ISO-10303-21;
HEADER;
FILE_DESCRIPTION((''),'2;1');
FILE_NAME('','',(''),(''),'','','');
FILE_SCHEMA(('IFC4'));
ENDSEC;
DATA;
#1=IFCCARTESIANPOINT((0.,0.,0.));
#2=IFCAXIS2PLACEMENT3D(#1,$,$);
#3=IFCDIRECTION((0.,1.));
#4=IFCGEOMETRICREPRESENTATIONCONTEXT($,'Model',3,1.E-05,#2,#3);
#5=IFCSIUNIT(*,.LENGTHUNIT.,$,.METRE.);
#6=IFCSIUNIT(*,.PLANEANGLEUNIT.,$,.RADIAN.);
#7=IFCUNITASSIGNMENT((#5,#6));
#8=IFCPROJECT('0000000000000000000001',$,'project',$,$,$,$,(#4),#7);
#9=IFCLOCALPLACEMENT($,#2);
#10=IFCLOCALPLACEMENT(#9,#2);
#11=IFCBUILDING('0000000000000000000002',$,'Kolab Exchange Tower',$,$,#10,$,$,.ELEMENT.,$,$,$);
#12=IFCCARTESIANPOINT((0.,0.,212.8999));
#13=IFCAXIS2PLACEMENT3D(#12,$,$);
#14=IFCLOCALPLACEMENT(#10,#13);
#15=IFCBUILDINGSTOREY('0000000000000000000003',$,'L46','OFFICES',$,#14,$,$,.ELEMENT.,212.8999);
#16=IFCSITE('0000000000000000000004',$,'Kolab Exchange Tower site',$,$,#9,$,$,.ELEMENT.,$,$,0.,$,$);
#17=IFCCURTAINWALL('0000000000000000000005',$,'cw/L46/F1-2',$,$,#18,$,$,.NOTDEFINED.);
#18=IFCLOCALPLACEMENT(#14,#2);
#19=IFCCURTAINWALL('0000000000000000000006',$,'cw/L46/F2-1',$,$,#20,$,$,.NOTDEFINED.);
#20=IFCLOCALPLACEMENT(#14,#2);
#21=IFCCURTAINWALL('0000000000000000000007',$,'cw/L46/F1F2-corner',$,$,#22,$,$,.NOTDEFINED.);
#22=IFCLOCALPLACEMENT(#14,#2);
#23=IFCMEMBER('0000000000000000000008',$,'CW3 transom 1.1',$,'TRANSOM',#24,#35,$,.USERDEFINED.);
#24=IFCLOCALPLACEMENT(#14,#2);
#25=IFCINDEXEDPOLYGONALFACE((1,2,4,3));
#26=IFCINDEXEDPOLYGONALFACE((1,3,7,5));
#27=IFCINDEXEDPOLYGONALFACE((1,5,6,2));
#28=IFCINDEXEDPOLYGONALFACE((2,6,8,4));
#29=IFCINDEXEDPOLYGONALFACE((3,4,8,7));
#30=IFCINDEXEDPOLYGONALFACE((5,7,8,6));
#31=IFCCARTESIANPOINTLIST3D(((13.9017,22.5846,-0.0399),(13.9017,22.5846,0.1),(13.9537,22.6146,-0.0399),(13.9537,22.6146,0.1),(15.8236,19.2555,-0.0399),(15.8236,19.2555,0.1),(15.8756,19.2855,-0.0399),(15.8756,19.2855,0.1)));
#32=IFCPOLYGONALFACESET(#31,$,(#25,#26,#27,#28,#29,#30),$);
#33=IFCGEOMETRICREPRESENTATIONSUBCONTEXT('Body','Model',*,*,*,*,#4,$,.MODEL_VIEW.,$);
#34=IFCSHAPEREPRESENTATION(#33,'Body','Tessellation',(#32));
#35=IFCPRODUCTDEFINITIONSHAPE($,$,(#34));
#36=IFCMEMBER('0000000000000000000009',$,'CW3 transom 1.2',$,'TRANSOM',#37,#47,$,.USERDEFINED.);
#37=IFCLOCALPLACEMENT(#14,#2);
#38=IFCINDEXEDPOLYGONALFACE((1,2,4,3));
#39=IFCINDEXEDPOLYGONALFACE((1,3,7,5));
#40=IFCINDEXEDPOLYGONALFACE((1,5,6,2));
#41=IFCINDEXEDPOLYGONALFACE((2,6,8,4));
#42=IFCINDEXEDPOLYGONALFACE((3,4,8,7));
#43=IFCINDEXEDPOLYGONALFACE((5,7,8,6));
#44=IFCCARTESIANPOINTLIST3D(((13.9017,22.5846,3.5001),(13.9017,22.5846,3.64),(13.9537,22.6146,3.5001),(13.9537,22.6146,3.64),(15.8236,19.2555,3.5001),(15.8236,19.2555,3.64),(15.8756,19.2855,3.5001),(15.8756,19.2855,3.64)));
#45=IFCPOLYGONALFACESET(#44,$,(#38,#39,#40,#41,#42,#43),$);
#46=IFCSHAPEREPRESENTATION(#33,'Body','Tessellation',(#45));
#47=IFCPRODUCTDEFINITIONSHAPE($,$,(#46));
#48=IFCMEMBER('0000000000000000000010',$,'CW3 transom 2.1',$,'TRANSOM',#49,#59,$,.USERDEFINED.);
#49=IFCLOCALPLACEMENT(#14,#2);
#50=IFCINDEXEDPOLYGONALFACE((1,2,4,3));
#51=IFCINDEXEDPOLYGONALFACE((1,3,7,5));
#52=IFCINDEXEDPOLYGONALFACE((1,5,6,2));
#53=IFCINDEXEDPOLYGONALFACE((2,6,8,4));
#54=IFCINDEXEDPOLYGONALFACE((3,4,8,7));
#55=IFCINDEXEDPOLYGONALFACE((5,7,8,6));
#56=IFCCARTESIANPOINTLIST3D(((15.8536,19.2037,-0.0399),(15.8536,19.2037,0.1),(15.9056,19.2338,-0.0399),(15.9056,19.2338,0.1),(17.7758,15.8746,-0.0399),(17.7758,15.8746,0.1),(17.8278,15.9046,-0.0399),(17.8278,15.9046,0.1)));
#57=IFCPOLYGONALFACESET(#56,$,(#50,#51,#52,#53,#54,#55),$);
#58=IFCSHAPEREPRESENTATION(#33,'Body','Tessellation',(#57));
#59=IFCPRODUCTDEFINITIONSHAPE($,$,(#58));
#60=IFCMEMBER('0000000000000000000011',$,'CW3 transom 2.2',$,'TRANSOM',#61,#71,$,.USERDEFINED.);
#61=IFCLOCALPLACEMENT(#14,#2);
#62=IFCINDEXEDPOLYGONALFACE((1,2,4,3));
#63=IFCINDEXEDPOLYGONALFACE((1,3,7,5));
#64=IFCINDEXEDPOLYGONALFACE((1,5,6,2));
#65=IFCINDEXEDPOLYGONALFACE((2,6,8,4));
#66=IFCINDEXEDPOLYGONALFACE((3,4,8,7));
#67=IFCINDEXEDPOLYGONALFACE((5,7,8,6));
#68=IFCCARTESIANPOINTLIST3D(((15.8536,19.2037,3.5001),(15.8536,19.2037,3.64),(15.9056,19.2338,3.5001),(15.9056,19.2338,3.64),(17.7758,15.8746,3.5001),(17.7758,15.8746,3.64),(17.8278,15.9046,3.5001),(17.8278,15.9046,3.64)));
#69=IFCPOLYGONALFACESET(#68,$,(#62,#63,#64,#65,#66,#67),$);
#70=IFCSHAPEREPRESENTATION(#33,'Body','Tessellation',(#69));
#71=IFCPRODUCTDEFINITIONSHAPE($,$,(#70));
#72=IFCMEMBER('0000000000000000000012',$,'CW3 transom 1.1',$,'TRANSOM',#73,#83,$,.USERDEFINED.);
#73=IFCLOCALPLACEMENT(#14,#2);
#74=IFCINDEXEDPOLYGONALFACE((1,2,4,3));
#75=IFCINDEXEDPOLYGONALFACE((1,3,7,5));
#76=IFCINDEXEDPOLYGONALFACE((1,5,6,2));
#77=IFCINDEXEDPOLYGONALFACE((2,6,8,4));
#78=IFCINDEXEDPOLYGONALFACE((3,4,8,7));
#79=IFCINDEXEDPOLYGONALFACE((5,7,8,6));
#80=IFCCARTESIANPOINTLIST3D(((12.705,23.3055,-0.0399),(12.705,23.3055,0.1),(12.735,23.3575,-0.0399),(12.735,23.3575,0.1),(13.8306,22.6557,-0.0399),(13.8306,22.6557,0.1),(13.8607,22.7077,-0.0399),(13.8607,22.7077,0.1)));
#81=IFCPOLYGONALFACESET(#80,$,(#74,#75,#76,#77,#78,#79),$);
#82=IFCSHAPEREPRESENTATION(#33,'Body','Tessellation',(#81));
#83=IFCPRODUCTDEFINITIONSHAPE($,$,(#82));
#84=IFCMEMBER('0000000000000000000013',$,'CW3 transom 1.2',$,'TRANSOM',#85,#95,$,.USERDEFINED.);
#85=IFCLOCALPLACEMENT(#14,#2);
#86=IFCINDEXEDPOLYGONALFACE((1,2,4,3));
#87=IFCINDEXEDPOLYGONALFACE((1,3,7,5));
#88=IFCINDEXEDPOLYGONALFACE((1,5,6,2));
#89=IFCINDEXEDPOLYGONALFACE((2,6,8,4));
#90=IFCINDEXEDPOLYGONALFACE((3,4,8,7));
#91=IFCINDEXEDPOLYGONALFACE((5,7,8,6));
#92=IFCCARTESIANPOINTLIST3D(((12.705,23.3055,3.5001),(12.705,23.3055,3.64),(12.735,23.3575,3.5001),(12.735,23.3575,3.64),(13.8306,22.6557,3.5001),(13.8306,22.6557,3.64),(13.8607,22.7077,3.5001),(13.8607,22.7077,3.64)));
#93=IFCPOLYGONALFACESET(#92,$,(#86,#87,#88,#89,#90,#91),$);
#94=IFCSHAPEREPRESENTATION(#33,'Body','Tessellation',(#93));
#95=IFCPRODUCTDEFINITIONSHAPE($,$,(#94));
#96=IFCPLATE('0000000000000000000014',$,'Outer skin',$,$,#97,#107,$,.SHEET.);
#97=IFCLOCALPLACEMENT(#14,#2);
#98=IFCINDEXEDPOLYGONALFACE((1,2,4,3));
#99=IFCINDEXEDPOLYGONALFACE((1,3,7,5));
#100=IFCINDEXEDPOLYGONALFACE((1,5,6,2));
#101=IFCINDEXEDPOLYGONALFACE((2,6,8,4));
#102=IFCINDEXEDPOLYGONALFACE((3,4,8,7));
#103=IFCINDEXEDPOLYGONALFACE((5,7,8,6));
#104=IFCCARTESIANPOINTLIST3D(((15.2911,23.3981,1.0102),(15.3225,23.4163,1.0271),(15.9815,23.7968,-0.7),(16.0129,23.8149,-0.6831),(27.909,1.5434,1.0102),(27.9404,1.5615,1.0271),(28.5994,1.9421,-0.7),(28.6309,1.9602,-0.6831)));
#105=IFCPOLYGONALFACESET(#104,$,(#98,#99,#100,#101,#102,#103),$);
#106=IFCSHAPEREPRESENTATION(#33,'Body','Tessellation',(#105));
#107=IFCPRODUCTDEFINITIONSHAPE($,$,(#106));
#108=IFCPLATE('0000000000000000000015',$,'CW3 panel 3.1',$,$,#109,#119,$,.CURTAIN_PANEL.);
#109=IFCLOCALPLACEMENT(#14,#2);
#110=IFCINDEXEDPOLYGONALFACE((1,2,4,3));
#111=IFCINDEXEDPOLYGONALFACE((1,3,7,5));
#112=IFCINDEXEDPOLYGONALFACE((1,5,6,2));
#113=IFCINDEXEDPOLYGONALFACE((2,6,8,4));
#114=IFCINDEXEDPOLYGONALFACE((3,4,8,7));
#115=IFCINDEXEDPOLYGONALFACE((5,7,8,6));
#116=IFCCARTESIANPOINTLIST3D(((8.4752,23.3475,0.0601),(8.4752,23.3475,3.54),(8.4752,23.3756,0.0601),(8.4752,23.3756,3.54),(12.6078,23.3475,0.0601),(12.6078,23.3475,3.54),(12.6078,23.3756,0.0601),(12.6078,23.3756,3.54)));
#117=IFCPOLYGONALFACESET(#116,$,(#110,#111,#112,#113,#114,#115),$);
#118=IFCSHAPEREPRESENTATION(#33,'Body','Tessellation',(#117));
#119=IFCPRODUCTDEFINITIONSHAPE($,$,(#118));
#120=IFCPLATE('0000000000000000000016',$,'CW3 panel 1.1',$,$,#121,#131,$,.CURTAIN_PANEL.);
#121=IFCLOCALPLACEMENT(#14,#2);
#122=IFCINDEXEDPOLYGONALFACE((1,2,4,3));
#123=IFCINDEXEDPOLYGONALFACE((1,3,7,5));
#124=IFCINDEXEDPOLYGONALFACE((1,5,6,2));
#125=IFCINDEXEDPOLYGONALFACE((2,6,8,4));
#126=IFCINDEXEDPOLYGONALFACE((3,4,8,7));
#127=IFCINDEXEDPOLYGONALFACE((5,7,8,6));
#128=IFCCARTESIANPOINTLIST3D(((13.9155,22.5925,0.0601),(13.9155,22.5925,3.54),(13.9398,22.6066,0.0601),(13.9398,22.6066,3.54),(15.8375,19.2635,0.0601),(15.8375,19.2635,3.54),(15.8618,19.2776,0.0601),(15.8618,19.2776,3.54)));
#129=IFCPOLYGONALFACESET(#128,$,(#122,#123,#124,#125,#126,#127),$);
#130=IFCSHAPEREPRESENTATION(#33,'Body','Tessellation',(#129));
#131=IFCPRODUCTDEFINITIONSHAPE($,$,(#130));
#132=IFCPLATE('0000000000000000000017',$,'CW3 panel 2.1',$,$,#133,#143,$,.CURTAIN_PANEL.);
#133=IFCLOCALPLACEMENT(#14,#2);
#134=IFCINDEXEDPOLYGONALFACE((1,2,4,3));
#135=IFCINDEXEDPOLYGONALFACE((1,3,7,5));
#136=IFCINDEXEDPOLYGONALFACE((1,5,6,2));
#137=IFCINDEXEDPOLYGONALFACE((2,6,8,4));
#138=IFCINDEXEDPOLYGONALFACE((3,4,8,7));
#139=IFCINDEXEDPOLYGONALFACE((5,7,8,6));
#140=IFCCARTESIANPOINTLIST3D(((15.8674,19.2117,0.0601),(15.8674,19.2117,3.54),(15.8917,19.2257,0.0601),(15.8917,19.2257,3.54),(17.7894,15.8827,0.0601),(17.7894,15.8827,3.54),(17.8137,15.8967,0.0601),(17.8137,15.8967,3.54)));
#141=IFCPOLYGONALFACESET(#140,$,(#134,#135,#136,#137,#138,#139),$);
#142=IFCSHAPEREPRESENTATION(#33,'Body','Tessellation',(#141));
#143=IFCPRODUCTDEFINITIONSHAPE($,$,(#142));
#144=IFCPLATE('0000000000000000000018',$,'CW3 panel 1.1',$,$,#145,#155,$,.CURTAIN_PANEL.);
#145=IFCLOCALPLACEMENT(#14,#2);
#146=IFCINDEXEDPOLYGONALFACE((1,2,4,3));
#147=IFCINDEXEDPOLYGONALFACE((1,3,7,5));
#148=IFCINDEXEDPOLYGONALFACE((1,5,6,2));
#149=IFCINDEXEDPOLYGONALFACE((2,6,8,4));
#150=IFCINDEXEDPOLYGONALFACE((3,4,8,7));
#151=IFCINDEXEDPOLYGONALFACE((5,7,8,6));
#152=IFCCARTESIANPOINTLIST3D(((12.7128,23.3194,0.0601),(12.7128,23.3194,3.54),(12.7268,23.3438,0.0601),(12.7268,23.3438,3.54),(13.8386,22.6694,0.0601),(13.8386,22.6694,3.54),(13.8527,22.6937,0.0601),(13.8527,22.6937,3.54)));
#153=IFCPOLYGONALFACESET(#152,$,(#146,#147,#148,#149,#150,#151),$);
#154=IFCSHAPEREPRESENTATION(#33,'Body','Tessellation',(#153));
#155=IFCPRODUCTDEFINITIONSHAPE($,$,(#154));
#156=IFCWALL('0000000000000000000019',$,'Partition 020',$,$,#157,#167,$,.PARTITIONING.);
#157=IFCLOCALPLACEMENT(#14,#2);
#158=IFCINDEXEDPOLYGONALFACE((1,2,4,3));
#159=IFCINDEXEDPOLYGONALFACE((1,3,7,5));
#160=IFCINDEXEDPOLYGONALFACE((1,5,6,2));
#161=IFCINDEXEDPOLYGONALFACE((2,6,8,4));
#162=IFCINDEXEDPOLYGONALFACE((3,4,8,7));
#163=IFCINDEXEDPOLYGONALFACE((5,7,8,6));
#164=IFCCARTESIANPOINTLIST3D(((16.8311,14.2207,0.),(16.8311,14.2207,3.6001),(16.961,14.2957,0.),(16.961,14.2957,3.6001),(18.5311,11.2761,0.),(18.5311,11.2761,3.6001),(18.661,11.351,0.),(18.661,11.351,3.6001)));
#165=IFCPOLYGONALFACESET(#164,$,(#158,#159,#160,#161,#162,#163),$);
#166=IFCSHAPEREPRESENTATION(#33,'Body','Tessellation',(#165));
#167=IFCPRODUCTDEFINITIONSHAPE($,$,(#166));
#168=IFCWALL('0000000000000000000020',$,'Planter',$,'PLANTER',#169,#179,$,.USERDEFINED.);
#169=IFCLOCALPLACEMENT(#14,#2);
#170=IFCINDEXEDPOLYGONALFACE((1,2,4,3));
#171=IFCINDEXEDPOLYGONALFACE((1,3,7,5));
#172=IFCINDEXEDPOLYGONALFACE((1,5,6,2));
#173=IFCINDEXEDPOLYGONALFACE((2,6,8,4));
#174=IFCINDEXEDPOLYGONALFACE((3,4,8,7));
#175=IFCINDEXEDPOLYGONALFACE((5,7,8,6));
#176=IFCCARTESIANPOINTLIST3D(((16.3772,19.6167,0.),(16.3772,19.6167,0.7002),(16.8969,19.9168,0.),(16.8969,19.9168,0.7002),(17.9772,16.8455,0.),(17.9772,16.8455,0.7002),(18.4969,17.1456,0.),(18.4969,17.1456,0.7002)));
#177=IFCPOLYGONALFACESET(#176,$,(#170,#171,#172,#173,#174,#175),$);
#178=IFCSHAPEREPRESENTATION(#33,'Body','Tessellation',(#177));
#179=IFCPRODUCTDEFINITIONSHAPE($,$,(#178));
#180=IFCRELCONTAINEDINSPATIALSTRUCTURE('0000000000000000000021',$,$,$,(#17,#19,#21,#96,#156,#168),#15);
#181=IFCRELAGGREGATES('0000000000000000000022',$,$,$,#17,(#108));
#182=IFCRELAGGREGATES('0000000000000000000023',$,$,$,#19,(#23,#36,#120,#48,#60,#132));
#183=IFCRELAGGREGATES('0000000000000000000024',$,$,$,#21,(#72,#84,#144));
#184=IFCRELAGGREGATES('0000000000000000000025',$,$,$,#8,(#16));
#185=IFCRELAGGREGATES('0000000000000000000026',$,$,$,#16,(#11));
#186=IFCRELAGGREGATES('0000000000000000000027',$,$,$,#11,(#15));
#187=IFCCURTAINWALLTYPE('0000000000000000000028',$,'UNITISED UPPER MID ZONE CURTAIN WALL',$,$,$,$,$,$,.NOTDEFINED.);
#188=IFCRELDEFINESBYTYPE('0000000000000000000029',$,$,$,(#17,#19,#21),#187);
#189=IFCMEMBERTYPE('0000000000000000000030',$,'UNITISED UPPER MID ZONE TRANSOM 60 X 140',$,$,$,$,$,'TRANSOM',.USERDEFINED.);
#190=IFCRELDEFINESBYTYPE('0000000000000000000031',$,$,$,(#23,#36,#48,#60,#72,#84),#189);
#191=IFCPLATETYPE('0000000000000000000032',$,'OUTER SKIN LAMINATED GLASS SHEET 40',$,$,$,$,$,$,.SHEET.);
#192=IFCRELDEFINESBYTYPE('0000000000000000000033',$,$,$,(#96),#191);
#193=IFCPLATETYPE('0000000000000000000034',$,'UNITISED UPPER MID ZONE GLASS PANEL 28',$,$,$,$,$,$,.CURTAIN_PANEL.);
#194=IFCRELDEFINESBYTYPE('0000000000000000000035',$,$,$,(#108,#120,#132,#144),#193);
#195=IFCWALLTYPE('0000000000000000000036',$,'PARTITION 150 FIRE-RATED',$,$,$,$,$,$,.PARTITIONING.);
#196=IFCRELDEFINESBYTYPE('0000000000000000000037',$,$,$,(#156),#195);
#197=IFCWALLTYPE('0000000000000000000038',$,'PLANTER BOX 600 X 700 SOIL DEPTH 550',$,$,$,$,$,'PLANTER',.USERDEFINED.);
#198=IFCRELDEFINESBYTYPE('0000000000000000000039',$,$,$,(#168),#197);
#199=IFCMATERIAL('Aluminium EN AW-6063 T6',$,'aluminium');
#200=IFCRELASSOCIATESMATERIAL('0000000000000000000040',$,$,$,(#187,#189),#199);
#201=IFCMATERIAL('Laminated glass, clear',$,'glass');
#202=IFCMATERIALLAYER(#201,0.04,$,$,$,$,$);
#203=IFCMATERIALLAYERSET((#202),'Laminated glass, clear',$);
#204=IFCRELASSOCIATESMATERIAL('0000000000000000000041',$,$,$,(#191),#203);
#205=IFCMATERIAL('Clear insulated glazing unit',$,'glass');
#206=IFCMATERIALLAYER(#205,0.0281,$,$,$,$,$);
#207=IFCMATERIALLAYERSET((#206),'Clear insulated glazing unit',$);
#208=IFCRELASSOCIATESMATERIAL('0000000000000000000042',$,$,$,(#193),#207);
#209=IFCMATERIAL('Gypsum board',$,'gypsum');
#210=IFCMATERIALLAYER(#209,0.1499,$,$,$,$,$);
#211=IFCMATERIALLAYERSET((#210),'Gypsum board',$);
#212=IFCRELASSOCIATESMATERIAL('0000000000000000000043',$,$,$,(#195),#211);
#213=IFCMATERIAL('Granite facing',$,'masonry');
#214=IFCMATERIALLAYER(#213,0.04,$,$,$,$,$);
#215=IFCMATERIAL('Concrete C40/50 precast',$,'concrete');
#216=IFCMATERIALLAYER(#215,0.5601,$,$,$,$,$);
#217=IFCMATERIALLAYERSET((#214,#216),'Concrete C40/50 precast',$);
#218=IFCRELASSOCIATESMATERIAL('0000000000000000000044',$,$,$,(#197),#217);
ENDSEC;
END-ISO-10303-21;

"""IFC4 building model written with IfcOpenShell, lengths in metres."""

from ifc_helpers import new_model, si_unit, direction, frame, frame_2d, origin, origin_2d, place, context, subcontext, project, spatial, polyline, rectangle, outline, extrude, material, layer, layer_set, material_profile, profile_set, type_object, element, aggregate, save


model = new_model("IFC4")

# Units and contexts
model_context = context("Model", 3, precision=1e-05, world=origin(), true_north=direction((0.0, 1.0)))
body_context = subcontext(model_context, "Body", "Model", "MODEL_VIEW")
ifc_project = project(units=[si_unit("LENGTHUNIT", "METRE"), si_unit("PLANEANGLEUNIT", "RADIAN")], contexts=[model_context])

# Site, building, storey
site_placement = place(None, origin())
site = spatial("IfcSite", under=ifc_project, at=site_placement, Name="Kolab Exchange Tower site", CompositionType="ELEMENT", RefElevation=0.0)
building_placement = place(site_placement, origin())
building = spatial("IfcBuilding", under=site, at=building_placement, Name="Kolab Exchange Tower", CompositionType="ELEMENT")
storey_placement = place(building_placement, frame((0.0, 0.0, 212.8999)))
storey = spatial("IfcBuildingStorey", under=building, at=storey_placement, Name="L46", Description="OFFICES", CompositionType="ELEMENT", Elevation=212.8999)

# Curtain wall
ifc_material_1 = material(Name="Aluminium EN AW-6063 T6", Category="aluminium")
curtain_wall_type = type_object("IfcCurtainWallType", Name="UNITISED UPPER MID ZONE CURTAIN WALL", PredefinedType="NOTDEFINED", material=ifc_material_1)
curtain_wall_1_placement = place(storey_placement, origin())
curtain_wall_1 = element("IfcCurtainWall", 1, at=curtain_wall_1_placement, inside=storey, type_object=curtain_wall_type, Name="cw/L46/F1-2", PredefinedType="NOTDEFINED")

# Curtain walls
curtain_wall_2_placement = place(storey_placement, origin())
curtain_wall_2 = element("IfcCurtainWall", 2, at=curtain_wall_2_placement, inside=storey, type_object=curtain_wall_type, Name="cw/L46/F2-1", PredefinedType="NOTDEFINED")
curtain_wall_3_placement = place(storey_placement, origin())
curtain_wall_3 = element("IfcCurtainWall", 3, at=curtain_wall_3_placement, inside=storey, type_object=curtain_wall_type, Name="cw/L46/F1F2-corner", PredefinedType="NOTDEFINED")

# Members
ifc_material_profile_1 = material_profile(ifc_material_1, rectangle(XDim=0.0601, YDim=0.1399, at=origin_2d()), Name="RECT 60X140")
ifc_profile_set_1 = profile_set([ifc_material_profile_1], Name="Aluminium EN AW-6063 T6")
member_type_1 = type_object("IfcMemberType", Name="UNITISED UPPER MID ZONE TRANSOM 60 X 140", ElementType="TRANSOM", PredefinedType="USERDEFINED", material=ifc_profile_set_1)
member_1_placement = place(storey_placement, frame((13.9277, 22.5996, 0.03), z_axis=(0.499964, -0.866046, 0.0), x_axis=(0.866046, 0.499964, 0.0)))
member_1 = element("IfcMember", 4, at=member_1_placement, type_object=member_type_1, Name="CW3 transom 1.1", ObjectType="TRANSOM", PredefinedType="USERDEFINED", context=body_context, shape_type="SweptSolid", body=[
    extrude(rectangle(XDim=0.0601, YDim=0.1399, at=origin_2d()), origin(), (0.0, 0.0, 1.0), 3.844),
])
member_2_placement = place(storey_placement, frame((13.9277, 22.5996, 3.5701), z_axis=(0.499964, -0.866046, 0.0), x_axis=(0.866046, 0.499964, 0.0)))
member_2 = element("IfcMember", 5, at=member_2_placement, type_object=member_type_1, Name="CW3 transom 1.2", ObjectType="TRANSOM", PredefinedType="USERDEFINED", context=body_context, shape_type="SweptSolid", body=[
    extrude(rectangle(XDim=0.0601, YDim=0.1399, at=origin_2d()), origin(), (0.0, 0.0, 1.0), 3.844),
])
member_3_placement = place(storey_placement, frame((15.8796, 19.2188, 0.03), z_axis=(0.500012, -0.866018, 0.0), x_axis=(0.866018, 0.500012, 0.0)))
member_3 = element("IfcMember", 6, at=member_3_placement, type_object=member_type_1, Name="CW3 transom 2.1", ObjectType="TRANSOM", PredefinedType="USERDEFINED", context=body_context, shape_type="SweptSolid", body=[
    extrude(rectangle(XDim=0.0601, YDim=0.1399, at=origin_2d()), origin(), (0.0, 0.0, 1.0), 3.8442),
])
member_4_placement = place(storey_placement, frame((15.8796, 19.2188, 3.5701), z_axis=(0.500012, -0.866018, 0.0), x_axis=(0.866018, 0.500012, 0.0)))
member_4 = element("IfcMember", 7, at=member_4_placement, type_object=member_type_1, Name="CW3 transom 2.2", ObjectType="TRANSOM", PredefinedType="USERDEFINED", context=body_context, shape_type="SweptSolid", body=[
    extrude(rectangle(XDim=0.0601, YDim=0.1399, at=origin_2d()), origin(), (0.0, 0.0, 1.0), 3.8442),
])
member_5_placement = place(storey_placement, frame((12.72, 23.3315, 0.03), z_axis=(0.866039, -0.499977, 0.0), x_axis=(0.499977, 0.866039, 0.0)))
member_5 = element("IfcMember", 8, at=member_5_placement, type_object=member_type_1, Name="CW3 transom 1.1", ObjectType="TRANSOM", PredefinedType="USERDEFINED", context=body_context, shape_type="SweptSolid", body=[
    extrude(rectangle(XDim=0.0601, YDim=0.1399, at=origin_2d()), origin(), (0.0, 0.0, 1.0), 1.2998),
])
member_6_placement = place(storey_placement, frame((12.72, 23.3315, 3.5701), z_axis=(0.866039, -0.499977, 0.0), x_axis=(0.499977, 0.866039, 0.0)))
member_6 = element("IfcMember", 9, at=member_6_placement, type_object=member_type_1, Name="CW3 transom 1.2", ObjectType="TRANSOM", PredefinedType="USERDEFINED", context=body_context, shape_type="SweptSolid", body=[
    extrude(rectangle(XDim=0.0601, YDim=0.1399, at=origin_2d()), origin(), (0.0, 0.0, 1.0), 1.2998),
])

# Plates
ifc_material_2 = material(Name="Laminated glass, clear", Category="glass")
ifc_layer_1 = layer(ifc_material_2, 0.04)
ifc_layer_set_1 = layer_set([ifc_layer_1], Name="Laminated glass, clear")
plate_type_1 = type_object("IfcPlateType", Name="OUTER SKIN LAMINATED GLASS SHEET 40", PredefinedType="SHEET", material=ifc_layer_set_1)
plate_1_placement = place(storey_placement, frame((16.0129, 23.8149, -0.6831), z_axis=(0.784921, 0.453178, 0.422526), x_axis=(0.500002, -0.866024, 0.0)))
element("IfcPlate", 10, at=plate_1_placement, inside=storey, type_object=plate_type_1, Name="Outer skin", PredefinedType="SHEET", context=body_context, shape_type="SweptSolid", body=[
    extrude(outline(polyline([(0.0, 0.0), (25.2357, 0.0), (25.2358, -1.8869), (0.0001, -1.8869), (0.0, 0.0)])), origin(), (0.0, 0.0, -1.0), 0.04),
])
ifc_material_3 = material(Name="Clear insulated glazing unit", Category="glass")
ifc_layer_2 = layer(ifc_material_3, 0.0281)
ifc_layer_set_2 = layer_set([ifc_layer_2], Name="Clear insulated glazing unit")
plate_type_2 = type_object("IfcPlateType", Name="UNITISED UPPER MID ZONE GLASS PANEL 28", PredefinedType="CURTAIN_PANEL", material=ifc_layer_set_2)
plate_2_placement = place(storey_placement, frame((10.5415, 23.3616, 0.0601), z_axis=(0.0, 0.0, 1.0), x_axis=(1.0, 0.0, 0.0)))
plate_2 = element("IfcPlate", 11, at=plate_2_placement, type_object=plate_type_2, Name="CW3 panel 3.1", PredefinedType="CURTAIN_PANEL", context=body_context, shape_type="SweptSolid", body=[
    extrude(rectangle(XDim=4.1326, YDim=0.0281, at=origin_2d()), origin(), (0.0, 0.0, 1.0), 3.48),
])
aggregate(curtain_wall_1, [plate_2])
plate_3_placement = place(storey_placement, frame((14.8887, 20.9351, 0.0601), z_axis=(0.0, 0.0, 1.0), x_axis=(0.5, -0.866025, 0.0)))
plate_3 = element("IfcPlate", 12, at=plate_3_placement, type_object=plate_type_2, Name="CW3 panel 1.1", PredefinedType="CURTAIN_PANEL", context=body_context, shape_type="SweptSolid", body=[
    extrude(rectangle(XDim=3.844, YDim=0.0281, at=origin_2d()), origin(), (0.0, 0.0, 1.0), 3.48),
])
plate_4_placement = place(storey_placement, frame((16.8406, 17.5542, 0.0601), z_axis=(0.0, 0.0, 1.0), x_axis=(0.5, -0.866025, 0.0)))
plate_4 = element("IfcPlate", 13, at=plate_4_placement, type_object=plate_type_2, Name="CW3 panel 2.1", PredefinedType="CURTAIN_PANEL", context=body_context, shape_type="SweptSolid", body=[
    extrude(rectangle(XDim=3.844, YDim=0.0281, at=origin_2d()), origin(), (0.0, 0.0, 1.0), 3.48),
])
aggregate(curtain_wall_2, [member_1, member_2, plate_3, member_3, member_4, plate_4])
plate_5_placement = place(storey_placement, frame((13.2827, 23.0066, 0.0601), z_axis=(0.0, 0.0, 1.0), x_axis=(0.866025, -0.5, 0.0)))
plate_5 = element("IfcPlate", 14, at=plate_5_placement, type_object=plate_type_2, Name="CW3 panel 1.1", PredefinedType="CURTAIN_PANEL", context=body_context, shape_type="SweptSolid", body=[
    extrude(rectangle(XDim=1.3, YDim=0.0281, at=origin_2d()), origin(), (0.0, 0.0, 1.0), 3.48),
])
aggregate(curtain_wall_3, [member_5, member_6, plate_5])

# Walls
ifc_material_4 = material(Name="Gypsum board", Category="gypsum")
ifc_layer_3 = layer(ifc_material_4, 0.1499)
ifc_layer_set_3 = layer_set([ifc_layer_3], Name="Gypsum board")
wall_type_1 = type_object("IfcWallType", Name="PARTITION 150 FIRE-RATED", PredefinedType="PARTITIONING", material=ifc_layer_set_3)
wall_1_placement = place(storey_placement, frame((16.896, 14.2583, 0.0), z_axis=(0.0, 0.0, 1.0), x_axis=(0.499977, -0.866039, 0.0)))
element("IfcWall", 15, at=wall_1_placement, inside=storey, type_object=wall_type_1, Name="Partition 020", PredefinedType="PARTITIONING", context=body_context, shape_type="SweptSolid", body=[
    extrude(rectangle(XDim=3.4001, YDim=0.1499, at=frame_2d((1.7002, 0.0))), origin(), (0.0, 0.0, 1.0), 3.6001),
])
ifc_material_5 = material(Name="Granite facing", Category="masonry")
ifc_layer_4 = layer(ifc_material_5, 0.04)
ifc_material_6 = material(Name="Concrete C40/50 precast", Category="concrete")
ifc_layer_5 = layer(ifc_material_6, 0.5601)
ifc_layer_set_4 = layer_set([ifc_layer_4, ifc_layer_5], Name="Concrete C40/50 precast")
wall_type_2 = type_object("IfcWallType", Name="PLANTER BOX 600 X 700 SOIL DEPTH 550", ElementType="PLANTER", PredefinedType="USERDEFINED", material=ifc_layer_set_4)
wall_2_placement = place(storey_placement, frame((16.637, 19.7668, 0.0), z_axis=(0.0, 0.0, 1.0), x_axis=(0.500028, -0.866009, 0.0)))
element("IfcWall", 16, at=wall_2_placement, inside=storey, type_object=wall_type_2, Name="Planter", ObjectType="PLANTER", PredefinedType="USERDEFINED", context=body_context, shape_type="SweptSolid", body=[
    extrude(rectangle(XDim=3.2, YDim=0.6001, at=frame_2d((1.6001, 0.0))), origin(), (0.0, 0.0, 1.0), 0.7002),
])

save(model, "model.ifc")
